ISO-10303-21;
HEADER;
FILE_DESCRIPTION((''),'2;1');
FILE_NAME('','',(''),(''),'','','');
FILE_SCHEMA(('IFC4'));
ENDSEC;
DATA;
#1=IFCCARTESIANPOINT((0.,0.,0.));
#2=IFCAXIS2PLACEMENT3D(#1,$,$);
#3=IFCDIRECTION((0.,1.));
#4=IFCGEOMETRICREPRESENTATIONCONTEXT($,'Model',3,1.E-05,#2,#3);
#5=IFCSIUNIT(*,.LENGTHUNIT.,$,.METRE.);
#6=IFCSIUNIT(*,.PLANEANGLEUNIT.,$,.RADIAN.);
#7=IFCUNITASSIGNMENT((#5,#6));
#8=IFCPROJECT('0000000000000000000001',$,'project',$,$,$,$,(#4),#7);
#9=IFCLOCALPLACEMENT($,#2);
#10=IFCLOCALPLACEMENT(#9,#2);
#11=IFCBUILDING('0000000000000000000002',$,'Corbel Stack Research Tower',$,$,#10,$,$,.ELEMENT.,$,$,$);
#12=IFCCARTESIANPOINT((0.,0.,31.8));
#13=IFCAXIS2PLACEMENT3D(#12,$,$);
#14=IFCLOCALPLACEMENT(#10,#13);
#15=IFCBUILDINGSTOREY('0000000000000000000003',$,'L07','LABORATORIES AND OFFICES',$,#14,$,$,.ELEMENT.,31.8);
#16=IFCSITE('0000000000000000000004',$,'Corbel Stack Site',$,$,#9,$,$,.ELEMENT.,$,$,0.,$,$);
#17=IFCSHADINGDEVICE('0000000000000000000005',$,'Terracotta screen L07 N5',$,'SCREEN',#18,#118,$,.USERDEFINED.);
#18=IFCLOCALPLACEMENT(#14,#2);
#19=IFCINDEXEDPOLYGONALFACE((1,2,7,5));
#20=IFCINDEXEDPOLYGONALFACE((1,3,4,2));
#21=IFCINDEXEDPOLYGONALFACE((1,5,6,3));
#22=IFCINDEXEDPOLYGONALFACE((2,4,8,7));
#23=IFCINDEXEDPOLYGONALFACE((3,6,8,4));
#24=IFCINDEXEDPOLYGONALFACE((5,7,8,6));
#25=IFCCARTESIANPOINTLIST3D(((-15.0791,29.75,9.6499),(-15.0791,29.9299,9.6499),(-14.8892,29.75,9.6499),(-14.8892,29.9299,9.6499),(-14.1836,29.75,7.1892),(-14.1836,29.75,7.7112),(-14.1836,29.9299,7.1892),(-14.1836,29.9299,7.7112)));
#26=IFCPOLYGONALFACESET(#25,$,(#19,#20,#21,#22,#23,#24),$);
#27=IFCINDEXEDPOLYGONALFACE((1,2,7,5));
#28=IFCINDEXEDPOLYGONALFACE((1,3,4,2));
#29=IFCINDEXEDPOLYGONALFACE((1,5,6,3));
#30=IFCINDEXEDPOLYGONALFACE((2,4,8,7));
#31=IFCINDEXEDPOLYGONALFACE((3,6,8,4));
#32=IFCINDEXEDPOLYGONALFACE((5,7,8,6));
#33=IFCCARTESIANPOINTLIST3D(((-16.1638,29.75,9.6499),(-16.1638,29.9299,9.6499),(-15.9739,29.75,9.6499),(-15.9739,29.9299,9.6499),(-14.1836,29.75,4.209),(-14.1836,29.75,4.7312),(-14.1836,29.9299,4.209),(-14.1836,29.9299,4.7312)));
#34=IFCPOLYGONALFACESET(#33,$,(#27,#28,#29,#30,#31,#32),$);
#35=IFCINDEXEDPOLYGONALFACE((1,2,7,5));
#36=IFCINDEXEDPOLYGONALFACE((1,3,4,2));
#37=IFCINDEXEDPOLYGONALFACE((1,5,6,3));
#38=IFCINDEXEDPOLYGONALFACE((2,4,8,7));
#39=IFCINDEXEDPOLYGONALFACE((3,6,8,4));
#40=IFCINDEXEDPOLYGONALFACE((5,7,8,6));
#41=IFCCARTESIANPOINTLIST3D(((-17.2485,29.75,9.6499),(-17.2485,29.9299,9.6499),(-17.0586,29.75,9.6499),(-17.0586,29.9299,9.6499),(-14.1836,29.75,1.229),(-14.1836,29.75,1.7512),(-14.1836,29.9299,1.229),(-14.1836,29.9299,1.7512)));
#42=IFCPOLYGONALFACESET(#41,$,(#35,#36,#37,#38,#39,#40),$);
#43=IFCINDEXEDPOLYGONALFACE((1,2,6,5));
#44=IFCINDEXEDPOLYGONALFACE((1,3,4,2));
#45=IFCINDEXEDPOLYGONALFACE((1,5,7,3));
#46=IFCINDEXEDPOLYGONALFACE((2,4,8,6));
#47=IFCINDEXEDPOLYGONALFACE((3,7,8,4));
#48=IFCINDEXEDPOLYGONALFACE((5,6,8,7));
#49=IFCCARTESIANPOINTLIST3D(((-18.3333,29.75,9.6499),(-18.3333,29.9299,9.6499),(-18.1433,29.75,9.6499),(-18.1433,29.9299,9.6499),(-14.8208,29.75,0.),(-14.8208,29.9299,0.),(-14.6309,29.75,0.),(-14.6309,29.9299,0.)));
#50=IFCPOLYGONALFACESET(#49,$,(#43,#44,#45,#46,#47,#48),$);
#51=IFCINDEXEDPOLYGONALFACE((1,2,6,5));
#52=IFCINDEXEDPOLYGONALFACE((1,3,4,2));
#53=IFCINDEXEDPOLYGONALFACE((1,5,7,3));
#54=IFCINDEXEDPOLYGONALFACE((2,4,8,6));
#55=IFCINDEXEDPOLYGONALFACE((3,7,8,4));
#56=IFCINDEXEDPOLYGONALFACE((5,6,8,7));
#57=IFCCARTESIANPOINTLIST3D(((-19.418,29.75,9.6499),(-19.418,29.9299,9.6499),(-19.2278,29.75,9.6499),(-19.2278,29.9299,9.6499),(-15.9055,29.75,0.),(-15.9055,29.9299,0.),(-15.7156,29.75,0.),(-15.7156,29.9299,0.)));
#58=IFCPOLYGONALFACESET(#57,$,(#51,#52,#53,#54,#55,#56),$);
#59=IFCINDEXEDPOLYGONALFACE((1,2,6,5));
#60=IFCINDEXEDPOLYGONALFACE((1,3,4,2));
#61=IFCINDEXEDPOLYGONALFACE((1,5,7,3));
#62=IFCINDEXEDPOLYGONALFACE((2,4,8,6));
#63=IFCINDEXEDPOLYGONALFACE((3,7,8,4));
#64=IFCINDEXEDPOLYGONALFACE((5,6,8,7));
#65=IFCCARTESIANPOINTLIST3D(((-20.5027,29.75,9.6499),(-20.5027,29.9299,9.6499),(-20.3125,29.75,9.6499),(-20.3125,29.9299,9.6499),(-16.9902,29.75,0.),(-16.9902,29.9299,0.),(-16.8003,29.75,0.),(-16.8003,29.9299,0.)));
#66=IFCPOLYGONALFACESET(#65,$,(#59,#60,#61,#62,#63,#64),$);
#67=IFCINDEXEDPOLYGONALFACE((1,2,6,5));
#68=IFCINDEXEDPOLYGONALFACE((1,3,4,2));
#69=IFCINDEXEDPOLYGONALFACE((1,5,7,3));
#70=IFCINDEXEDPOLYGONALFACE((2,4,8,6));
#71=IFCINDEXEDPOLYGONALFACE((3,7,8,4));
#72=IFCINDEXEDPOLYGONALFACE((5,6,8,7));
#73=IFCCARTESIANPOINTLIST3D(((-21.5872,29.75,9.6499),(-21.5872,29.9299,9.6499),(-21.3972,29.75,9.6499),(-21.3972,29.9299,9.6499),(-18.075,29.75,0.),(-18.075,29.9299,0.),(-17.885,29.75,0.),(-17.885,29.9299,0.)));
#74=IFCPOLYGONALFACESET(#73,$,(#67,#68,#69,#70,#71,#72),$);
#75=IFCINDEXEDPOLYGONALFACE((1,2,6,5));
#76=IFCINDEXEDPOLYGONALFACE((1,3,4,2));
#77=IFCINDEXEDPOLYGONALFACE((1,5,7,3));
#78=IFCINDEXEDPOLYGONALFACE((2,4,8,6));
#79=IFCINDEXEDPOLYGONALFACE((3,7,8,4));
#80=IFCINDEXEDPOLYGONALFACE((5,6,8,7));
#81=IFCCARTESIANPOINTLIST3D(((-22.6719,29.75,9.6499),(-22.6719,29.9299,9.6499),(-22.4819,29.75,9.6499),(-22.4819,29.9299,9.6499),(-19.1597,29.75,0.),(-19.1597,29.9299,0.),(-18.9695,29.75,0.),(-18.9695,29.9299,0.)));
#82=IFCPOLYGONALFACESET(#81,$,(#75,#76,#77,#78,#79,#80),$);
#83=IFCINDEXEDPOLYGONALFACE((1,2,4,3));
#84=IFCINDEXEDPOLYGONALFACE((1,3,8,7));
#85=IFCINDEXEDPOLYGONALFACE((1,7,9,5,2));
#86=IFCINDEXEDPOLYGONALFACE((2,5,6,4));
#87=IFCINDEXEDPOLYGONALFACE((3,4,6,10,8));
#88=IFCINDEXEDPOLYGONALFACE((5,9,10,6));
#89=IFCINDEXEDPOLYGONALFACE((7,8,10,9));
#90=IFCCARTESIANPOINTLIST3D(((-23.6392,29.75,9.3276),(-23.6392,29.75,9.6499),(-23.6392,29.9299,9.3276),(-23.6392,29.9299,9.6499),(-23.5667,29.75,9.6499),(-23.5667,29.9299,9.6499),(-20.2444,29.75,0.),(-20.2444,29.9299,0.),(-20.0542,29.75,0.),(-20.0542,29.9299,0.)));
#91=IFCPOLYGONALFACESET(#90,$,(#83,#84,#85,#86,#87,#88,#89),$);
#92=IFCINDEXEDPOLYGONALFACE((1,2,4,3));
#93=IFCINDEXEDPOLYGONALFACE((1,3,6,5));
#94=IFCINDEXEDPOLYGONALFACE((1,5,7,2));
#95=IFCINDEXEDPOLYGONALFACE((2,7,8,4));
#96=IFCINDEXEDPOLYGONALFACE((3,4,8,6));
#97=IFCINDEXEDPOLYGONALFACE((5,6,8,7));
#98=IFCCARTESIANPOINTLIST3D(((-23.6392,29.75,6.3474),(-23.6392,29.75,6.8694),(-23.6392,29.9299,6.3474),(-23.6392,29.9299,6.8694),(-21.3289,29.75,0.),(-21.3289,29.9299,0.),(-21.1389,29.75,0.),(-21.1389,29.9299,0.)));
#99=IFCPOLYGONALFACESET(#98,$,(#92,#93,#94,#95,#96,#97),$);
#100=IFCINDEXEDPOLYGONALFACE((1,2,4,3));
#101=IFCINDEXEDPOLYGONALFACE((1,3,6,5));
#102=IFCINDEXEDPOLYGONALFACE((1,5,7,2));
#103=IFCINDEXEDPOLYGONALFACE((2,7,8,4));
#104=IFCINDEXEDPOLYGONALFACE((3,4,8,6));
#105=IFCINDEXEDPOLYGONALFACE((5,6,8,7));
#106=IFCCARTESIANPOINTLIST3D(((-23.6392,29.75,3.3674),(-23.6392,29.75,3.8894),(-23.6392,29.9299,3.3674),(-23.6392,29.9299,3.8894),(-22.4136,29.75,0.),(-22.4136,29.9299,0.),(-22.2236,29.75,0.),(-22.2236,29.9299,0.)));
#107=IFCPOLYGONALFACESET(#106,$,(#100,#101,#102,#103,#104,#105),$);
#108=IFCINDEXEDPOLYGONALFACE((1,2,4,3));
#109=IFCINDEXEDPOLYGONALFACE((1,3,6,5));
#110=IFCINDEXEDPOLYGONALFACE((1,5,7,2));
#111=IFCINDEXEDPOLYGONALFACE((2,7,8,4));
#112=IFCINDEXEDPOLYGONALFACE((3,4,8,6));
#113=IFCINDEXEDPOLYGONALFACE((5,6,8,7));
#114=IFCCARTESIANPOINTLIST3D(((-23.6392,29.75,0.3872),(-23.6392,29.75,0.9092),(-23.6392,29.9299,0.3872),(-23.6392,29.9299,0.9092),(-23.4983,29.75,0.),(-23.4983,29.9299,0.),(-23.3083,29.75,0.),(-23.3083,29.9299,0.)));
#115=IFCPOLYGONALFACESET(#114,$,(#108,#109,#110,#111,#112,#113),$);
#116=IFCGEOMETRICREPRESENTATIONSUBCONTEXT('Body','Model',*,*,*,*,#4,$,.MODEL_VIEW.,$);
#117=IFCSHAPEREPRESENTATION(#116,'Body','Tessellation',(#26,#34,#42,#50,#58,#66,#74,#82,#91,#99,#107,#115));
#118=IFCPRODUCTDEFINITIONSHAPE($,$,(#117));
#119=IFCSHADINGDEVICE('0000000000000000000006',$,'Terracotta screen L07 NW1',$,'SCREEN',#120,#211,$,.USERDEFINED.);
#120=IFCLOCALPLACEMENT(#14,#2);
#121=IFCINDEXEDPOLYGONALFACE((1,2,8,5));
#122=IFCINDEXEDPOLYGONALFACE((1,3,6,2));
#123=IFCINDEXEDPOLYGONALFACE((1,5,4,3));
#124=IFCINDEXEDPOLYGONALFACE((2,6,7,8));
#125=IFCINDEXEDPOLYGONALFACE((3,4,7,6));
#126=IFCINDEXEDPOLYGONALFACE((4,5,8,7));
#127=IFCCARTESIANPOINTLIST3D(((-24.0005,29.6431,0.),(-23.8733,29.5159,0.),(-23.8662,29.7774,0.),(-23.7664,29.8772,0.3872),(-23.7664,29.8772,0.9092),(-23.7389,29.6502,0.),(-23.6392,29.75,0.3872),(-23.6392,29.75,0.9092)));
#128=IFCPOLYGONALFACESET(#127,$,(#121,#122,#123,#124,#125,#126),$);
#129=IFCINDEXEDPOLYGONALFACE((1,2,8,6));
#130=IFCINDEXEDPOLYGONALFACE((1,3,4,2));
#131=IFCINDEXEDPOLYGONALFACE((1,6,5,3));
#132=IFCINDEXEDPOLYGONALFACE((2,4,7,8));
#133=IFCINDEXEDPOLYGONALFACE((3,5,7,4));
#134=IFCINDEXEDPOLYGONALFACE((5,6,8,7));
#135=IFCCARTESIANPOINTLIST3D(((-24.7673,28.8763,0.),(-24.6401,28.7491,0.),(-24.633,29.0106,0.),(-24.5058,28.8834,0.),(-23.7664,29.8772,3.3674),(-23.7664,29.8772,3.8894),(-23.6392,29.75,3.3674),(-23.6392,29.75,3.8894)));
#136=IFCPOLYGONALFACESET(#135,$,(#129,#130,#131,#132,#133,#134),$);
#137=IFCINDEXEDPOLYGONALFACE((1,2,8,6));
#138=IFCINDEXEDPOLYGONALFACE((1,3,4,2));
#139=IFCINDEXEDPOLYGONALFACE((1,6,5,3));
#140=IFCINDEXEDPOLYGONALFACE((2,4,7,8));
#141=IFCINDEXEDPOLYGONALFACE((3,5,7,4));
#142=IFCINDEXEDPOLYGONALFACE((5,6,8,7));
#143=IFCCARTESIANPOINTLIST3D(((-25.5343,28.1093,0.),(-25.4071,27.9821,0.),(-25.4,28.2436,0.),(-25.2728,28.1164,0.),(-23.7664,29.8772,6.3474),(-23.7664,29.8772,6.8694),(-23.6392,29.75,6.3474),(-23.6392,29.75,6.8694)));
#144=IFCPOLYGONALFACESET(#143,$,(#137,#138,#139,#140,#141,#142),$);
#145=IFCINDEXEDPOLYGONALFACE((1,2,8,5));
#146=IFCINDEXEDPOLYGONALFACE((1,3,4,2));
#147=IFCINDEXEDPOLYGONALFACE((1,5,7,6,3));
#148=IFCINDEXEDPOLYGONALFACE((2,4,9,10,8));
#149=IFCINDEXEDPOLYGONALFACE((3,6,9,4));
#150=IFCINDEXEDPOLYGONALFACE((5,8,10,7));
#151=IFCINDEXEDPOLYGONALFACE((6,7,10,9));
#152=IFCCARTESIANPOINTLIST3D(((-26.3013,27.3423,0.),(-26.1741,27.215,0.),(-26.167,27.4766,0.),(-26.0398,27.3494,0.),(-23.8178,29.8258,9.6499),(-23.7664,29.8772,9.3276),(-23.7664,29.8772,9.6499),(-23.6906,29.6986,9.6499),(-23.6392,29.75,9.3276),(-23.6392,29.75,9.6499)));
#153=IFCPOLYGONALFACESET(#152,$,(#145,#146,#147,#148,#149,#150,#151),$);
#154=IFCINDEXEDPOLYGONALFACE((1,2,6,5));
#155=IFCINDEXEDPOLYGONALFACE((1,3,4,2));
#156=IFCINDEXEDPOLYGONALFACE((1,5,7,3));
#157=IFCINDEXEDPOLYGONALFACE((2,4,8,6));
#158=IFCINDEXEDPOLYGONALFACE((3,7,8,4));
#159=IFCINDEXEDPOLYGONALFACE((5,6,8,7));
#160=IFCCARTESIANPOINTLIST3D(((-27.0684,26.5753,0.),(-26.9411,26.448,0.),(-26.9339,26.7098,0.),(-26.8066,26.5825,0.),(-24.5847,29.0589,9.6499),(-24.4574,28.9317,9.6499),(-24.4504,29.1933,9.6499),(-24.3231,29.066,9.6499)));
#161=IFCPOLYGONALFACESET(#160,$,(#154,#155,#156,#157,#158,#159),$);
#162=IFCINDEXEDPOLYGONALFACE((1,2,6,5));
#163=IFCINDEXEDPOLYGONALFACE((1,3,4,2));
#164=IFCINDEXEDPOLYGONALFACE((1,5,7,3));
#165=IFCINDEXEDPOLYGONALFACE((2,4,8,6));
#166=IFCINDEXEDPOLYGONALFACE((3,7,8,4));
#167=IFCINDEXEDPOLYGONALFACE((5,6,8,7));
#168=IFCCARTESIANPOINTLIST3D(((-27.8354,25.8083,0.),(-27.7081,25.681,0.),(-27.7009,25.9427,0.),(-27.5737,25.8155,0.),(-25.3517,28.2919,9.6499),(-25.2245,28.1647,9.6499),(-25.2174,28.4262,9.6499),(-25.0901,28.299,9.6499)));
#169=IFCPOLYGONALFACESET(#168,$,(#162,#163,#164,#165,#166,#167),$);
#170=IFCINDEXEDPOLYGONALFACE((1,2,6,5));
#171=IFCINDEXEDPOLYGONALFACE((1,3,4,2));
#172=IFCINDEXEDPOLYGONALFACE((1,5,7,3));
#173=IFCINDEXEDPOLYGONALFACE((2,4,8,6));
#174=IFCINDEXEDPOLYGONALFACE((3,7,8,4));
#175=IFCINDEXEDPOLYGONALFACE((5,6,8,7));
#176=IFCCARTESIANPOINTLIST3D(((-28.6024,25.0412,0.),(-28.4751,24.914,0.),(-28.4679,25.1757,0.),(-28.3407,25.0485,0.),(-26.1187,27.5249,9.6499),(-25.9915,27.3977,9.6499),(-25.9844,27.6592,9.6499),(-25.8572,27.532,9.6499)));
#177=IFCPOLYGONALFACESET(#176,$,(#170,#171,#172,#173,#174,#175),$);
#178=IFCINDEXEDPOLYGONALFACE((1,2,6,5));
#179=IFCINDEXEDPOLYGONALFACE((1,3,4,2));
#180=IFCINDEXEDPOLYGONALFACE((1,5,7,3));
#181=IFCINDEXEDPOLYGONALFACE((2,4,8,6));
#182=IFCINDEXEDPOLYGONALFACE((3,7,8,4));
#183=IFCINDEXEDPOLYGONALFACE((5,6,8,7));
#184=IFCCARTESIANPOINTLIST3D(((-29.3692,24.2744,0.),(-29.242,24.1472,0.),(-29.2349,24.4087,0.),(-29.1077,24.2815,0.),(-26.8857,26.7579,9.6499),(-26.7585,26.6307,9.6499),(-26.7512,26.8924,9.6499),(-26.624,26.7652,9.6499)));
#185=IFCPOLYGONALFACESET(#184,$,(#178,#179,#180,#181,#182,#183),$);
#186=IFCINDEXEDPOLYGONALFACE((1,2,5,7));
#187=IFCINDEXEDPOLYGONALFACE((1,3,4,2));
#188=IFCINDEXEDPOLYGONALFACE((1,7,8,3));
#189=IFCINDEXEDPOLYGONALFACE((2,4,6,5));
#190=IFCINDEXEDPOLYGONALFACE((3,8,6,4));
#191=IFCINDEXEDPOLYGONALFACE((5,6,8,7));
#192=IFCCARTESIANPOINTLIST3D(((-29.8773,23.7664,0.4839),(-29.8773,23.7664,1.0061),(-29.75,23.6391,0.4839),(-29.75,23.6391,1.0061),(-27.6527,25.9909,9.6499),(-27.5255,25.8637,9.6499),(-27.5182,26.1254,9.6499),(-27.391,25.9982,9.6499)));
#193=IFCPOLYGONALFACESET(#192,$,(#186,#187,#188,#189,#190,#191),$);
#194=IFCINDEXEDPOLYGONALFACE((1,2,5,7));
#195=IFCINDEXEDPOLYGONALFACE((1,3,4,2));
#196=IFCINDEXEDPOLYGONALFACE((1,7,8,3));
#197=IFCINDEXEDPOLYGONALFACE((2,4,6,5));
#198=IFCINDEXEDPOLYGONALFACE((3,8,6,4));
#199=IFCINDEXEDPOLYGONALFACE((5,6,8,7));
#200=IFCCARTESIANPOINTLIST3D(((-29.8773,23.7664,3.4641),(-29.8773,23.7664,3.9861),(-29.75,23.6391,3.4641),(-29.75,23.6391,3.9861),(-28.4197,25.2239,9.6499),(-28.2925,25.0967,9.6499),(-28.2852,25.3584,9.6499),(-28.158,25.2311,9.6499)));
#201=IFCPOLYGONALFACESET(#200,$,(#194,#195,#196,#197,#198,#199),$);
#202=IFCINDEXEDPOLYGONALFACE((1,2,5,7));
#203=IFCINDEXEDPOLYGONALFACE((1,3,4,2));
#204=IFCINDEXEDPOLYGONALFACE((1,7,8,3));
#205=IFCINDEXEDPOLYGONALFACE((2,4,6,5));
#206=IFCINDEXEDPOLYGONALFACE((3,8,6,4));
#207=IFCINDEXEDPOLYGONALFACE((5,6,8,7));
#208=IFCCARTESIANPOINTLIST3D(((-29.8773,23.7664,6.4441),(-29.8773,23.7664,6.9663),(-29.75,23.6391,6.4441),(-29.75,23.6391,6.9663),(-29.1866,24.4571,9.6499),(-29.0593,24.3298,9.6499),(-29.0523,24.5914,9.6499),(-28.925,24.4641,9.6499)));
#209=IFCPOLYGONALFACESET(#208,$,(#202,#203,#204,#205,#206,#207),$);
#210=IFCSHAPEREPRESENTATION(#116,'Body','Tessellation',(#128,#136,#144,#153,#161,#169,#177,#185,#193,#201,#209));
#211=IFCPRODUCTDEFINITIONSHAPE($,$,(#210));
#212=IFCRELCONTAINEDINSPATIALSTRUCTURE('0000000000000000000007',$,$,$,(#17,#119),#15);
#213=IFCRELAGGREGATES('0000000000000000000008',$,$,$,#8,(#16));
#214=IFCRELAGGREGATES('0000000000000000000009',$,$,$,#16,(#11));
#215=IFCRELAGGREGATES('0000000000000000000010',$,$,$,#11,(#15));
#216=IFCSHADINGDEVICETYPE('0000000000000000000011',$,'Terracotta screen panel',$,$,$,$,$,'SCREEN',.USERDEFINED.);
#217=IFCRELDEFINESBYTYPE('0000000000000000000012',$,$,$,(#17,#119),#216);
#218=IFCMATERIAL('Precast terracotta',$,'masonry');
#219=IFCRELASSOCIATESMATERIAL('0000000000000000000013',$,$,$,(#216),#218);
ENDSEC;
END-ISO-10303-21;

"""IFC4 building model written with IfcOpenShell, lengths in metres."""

from ifc_helpers import new_model, si_unit, direction, frame, origin, place, context, subcontext, project, spatial, polyline, outline, extrude, source, transform, mapped, material, type_object, element, save


model = new_model("IFC4")

# Units and contexts
model_context = context("Model", 3, precision=1e-05, world=origin(), true_north=direction((0.0, 1.0)))
body_context = subcontext(model_context, "Body", "Model", "MODEL_VIEW")
ifc_project = project(units=[si_unit("LENGTHUNIT", "METRE"), si_unit("PLANEANGLEUNIT", "RADIAN")], contexts=[model_context])

# Site, building, storey
site_placement = place(None, origin())
site = spatial("IfcSite", under=ifc_project, at=site_placement, Name="Corbel Stack Site", CompositionType="ELEMENT", RefElevation=0.0)
building_placement = place(site_placement, origin())
building = spatial("IfcBuilding", under=site, at=building_placement, Name="Corbel Stack Research Tower", CompositionType="ELEMENT")
storey_placement = place(building_placement, frame((0.0, 0.0, 31.8)))
storey = spatial("IfcBuildingStorey", under=building, at=storey_placement, Name="L07", Description="LABORATORIES AND OFFICES", CompositionType="ELEMENT", Elevation=31.8)

# Shading devices
ifc_material_1 = material(Name="Precast terracotta", Category="masonry")
shading_device_type = type_object("IfcShadingDeviceType", Name="Terracotta screen panel", ElementType="SCREEN", PredefinedType="USERDEFINED", material=ifc_material_1)
shared_shape_1 = source(origin(), body_context, "Body", "SweptSolid", [
    extrude(outline(polyline([(0.8955, 9.6499), (0.7056, 9.6499), (0.0, 7.7112), (0.0, 7.1892), (0.8955, 9.6499)])), frame((0.0, 0.0, 0.0), z_axis=(0.0, -1.0, 0.0), x_axis=(1.0, 0.0, 0.0)), (0.0, 0.0, 1.0), 0.1799),
    extrude(outline(polyline([(1.9802, 9.6499), (1.7903, 9.6499), (0.0, 4.7312), (0.0, 4.209), (1.9802, 9.6499)])), frame((0.0, 0.0, 0.0), z_axis=(0.0, -1.0, 0.0), x_axis=(1.0, 0.0, 0.0)), (0.0, 0.0, 1.0), 0.1799),
    extrude(outline(polyline([(3.0649, 9.6499), (2.875, 9.6499), (0.0, 1.7512), (0.0, 1.229), (3.0649, 9.6499)])), frame((0.0, 0.0, 0.0), z_axis=(0.0, -1.0, 0.0), x_axis=(1.0, 0.0, 0.0)), (0.0, 0.0, 1.0), 0.1799),
    extrude(outline(polyline([(0.6372, 0.0), (4.1497, 9.6499), (3.9597, 9.6499), (0.4473, 0.0), (0.6372, 0.0)])), frame((0.0, 0.0, 0.0), z_axis=(0.0, -1.0, 0.0), x_axis=(1.0, 0.0, 0.0)), (0.0, 0.0, 1.0), 0.1799),
    extrude(outline(polyline([(1.7219, 0.0), (5.2344, 9.6499), (5.0442, 9.6499), (1.532, 0.0), (1.7219, 0.0)])), frame((0.0, 0.0, 0.0), z_axis=(0.0, -1.0, 0.0), x_axis=(1.0, 0.0, 0.0)), (0.0, 0.0, 1.0), 0.1799),
    extrude(outline(polyline([(2.8066, 0.0), (6.3191, 9.6499), (6.1289, 9.6499), (2.6167, 0.0), (2.8066, 0.0)])), frame((0.0, 0.0, 0.0), z_axis=(0.0, -1.0, 0.0), x_axis=(1.0, 0.0, 0.0)), (0.0, 0.0, 1.0), 0.1799),
    extrude(outline(polyline([(3.8914, 0.0), (7.4036, 9.6499), (7.2136, 9.6499), (3.7014, 0.0), (3.8914, 0.0)])), frame((0.0, 0.0, 0.0), z_axis=(0.0, -1.0, 0.0), x_axis=(1.0, 0.0, 0.0)), (0.0, 0.0, 1.0), 0.1799),
    extrude(outline(polyline([(4.9761, 0.0), (8.4883, 9.6499), (8.2983, 9.6499), (4.7859, 0.0), (4.9761, 0.0)])), frame((0.0, 0.0, 0.0), z_axis=(0.0, -1.0, 0.0), x_axis=(1.0, 0.0, 0.0)), (0.0, 0.0, 1.0), 0.1799),
    extrude(outline(polyline([(6.0608, 0.0), (9.4556, 9.3276), (9.4556, 9.6499), (9.3831, 9.6499), (5.8706, 0.0), (6.0608, 0.0)])), frame((0.0, 0.0, 0.0), z_axis=(0.0, -1.0, 0.0), x_axis=(1.0, 0.0, 0.0)), (0.0, 0.0, 1.0), 0.1799),
    extrude(outline(polyline([(7.1453, 0.0), (9.4556, 6.3474), (9.4556, 6.8694), (6.9553, 0.0), (7.1453, 0.0)])), frame((0.0, 0.0, 0.0), z_axis=(0.0, -1.0, 0.0), x_axis=(1.0, 0.0, 0.0)), (0.0, 0.0, 1.0), 0.1799),
    extrude(outline(polyline([(8.23, 0.0), (9.4556, 3.3674), (9.4556, 3.8894), (8.04, 0.0), (8.23, 0.0)])), frame((0.0, 0.0, 0.0), z_axis=(0.0, -1.0, 0.0), x_axis=(1.0, 0.0, 0.0)), (0.0, 0.0, 1.0), 0.1799),
    extrude(outline(polyline([(9.3147, 0.0), (9.4556, 0.3872), (9.4556, 0.9092), (9.1248, 0.0), (9.3147, 0.0)])), frame((0.0, 0.0, 0.0), z_axis=(0.0, -1.0, 0.0), x_axis=(1.0, 0.0, 0.0)), (0.0, 0.0, 1.0), 0.1799),
])
shading_device_1_placement = place(storey_placement, frame((-14.1836, 29.75, 0.0), z_axis=(0.0, 0.0, 1.0), x_axis=(-1.0, 0.0, 0.0)))
element("IfcShadingDevice", 1, at=shading_device_1_placement, inside=storey, type_object=shading_device_type, Name="Terracotta screen L07 N5", ObjectType="SCREEN", PredefinedType="USERDEFINED", context=body_context, shape_type="MappedRepresentation", body=[
    mapped(shared_shape_1, transform((0.0, 0.0, 0.0))),
])
shared_shape_2 = source(origin(), body_context, "Body", "SweptSolid", [
    extrude(outline(polyline([(0.3311, 0.0), (0.0, 0.9092), (0.0, 0.3872), (0.1411, 0.0), (0.3311, 0.0)])), frame((0.0, 0.0, 0.0), z_axis=(0.0, -1.0, 0.0), x_axis=(1.0, 0.0, 0.0)), (0.0, 0.0, 1.0), 0.1799),
    extrude(outline(polyline([(1.4155, 0.0), (0.0, 3.8894), (0.0, 3.3674), (1.2256, 0.0), (1.4155, 0.0)])), frame((0.0, 0.0, 0.0), z_axis=(0.0, -1.0, 0.0), x_axis=(1.0, 0.0, 0.0)), (0.0, 0.0, 1.0), 0.1799),
    extrude(outline(polyline([(2.5002, 0.0), (0.0, 6.8694), (0.0, 6.3474), (2.3103, 0.0), (2.5002, 0.0)])), frame((0.0, 0.0, 0.0), z_axis=(0.0, -1.0, 0.0), x_axis=(1.0, 0.0, 0.0)), (0.0, 0.0, 1.0), 0.1799),
    extrude(outline(polyline([(3.585, 0.0), (0.0728, 9.6499), (0.0, 9.6499), (0.0, 9.3276), (3.395, 0.0), (3.585, 0.0)])), frame((0.0, 0.0, 0.0), z_axis=(0.0, -1.0, 0.0), x_axis=(1.0, 0.0, 0.0)), (0.0, 0.0, 1.0), 0.1799),
    extrude(outline(polyline([(4.6697, 0.0), (1.1572, 9.6499), (0.9673, 9.6499), (4.4795, 0.0), (4.6697, 0.0)])), frame((0.0, 0.0, 0.0), z_axis=(0.0, -1.0, 0.0), x_axis=(1.0, 0.0, 0.0)), (0.0, 0.0, 1.0), 0.1799),
    extrude(outline(polyline([(5.7544, 0.0), (2.2419, 9.6499), (2.052, 9.6499), (5.5642, 0.0), (5.7544, 0.0)])), frame((0.0, 0.0, 0.0), z_axis=(0.0, -1.0, 0.0), x_axis=(1.0, 0.0, 0.0)), (0.0, 0.0, 1.0), 0.1799),
    extrude(outline(polyline([(6.8391, 0.0), (3.3267, 9.6499), (3.1367, 9.6499), (6.6489, 0.0), (6.8391, 0.0)])), frame((0.0, 0.0, 0.0), z_axis=(0.0, -1.0, 0.0), x_axis=(1.0, 0.0, 0.0)), (0.0, 0.0, 1.0), 0.1799),
    extrude(outline(polyline([(7.9236, 0.0), (4.4114, 9.6499), (4.2212, 9.6499), (7.7336, 0.0), (7.9236, 0.0)])), frame((0.0, 0.0, 0.0), z_axis=(0.0, -1.0, 0.0), x_axis=(1.0, 0.0, 0.0)), (0.0, 0.0, 1.0), 0.1799),
    extrude(outline(polyline([(5.4961, 9.6499), (5.3059, 9.6499), (8.6421, 0.4839), (8.6421, 1.0061), (5.4961, 9.6499)])), frame((0.0, 0.0, 0.0), z_axis=(0.0, -1.0, 0.0), x_axis=(1.0, 0.0, 0.0)), (0.0, 0.0, 1.0), 0.1799),
    extrude(outline(polyline([(6.5808, 9.6499), (6.3906, 9.6499), (8.6421, 3.4641), (8.6421, 3.9861), (6.5808, 9.6499)])), frame((0.0, 0.0, 0.0), z_axis=(0.0, -1.0, 0.0), x_axis=(1.0, 0.0, 0.0)), (0.0, 0.0, 1.0), 0.1799),
    extrude(outline(polyline([(7.6653, 9.6499), (7.4753, 9.6499), (8.6421, 6.4441), (8.6421, 6.9663), (7.6653, 9.6499)])), frame((0.0, 0.0, 0.0), z_axis=(0.0, -1.0, 0.0), x_axis=(1.0, 0.0, 0.0)), (0.0, 0.0, 1.0), 0.1799),
])
shading_device_2_placement = place(storey_placement, frame((-23.6392, 29.75, 0.0), z_axis=(0.0, 0.0, 1.0), x_axis=(-0.707107, -0.707107, 0.0)))
element("IfcShadingDevice", 2, at=shading_device_2_placement, inside=storey, type_object=shading_device_type, Name="Terracotta screen L07 NW1", ObjectType="SCREEN", PredefinedType="USERDEFINED", context=body_context, shape_type="MappedRepresentation", body=[
    mapped(shared_shape_2, transform((0.0, 0.0, 0.0))),
])

save(model, "model.ifc")
